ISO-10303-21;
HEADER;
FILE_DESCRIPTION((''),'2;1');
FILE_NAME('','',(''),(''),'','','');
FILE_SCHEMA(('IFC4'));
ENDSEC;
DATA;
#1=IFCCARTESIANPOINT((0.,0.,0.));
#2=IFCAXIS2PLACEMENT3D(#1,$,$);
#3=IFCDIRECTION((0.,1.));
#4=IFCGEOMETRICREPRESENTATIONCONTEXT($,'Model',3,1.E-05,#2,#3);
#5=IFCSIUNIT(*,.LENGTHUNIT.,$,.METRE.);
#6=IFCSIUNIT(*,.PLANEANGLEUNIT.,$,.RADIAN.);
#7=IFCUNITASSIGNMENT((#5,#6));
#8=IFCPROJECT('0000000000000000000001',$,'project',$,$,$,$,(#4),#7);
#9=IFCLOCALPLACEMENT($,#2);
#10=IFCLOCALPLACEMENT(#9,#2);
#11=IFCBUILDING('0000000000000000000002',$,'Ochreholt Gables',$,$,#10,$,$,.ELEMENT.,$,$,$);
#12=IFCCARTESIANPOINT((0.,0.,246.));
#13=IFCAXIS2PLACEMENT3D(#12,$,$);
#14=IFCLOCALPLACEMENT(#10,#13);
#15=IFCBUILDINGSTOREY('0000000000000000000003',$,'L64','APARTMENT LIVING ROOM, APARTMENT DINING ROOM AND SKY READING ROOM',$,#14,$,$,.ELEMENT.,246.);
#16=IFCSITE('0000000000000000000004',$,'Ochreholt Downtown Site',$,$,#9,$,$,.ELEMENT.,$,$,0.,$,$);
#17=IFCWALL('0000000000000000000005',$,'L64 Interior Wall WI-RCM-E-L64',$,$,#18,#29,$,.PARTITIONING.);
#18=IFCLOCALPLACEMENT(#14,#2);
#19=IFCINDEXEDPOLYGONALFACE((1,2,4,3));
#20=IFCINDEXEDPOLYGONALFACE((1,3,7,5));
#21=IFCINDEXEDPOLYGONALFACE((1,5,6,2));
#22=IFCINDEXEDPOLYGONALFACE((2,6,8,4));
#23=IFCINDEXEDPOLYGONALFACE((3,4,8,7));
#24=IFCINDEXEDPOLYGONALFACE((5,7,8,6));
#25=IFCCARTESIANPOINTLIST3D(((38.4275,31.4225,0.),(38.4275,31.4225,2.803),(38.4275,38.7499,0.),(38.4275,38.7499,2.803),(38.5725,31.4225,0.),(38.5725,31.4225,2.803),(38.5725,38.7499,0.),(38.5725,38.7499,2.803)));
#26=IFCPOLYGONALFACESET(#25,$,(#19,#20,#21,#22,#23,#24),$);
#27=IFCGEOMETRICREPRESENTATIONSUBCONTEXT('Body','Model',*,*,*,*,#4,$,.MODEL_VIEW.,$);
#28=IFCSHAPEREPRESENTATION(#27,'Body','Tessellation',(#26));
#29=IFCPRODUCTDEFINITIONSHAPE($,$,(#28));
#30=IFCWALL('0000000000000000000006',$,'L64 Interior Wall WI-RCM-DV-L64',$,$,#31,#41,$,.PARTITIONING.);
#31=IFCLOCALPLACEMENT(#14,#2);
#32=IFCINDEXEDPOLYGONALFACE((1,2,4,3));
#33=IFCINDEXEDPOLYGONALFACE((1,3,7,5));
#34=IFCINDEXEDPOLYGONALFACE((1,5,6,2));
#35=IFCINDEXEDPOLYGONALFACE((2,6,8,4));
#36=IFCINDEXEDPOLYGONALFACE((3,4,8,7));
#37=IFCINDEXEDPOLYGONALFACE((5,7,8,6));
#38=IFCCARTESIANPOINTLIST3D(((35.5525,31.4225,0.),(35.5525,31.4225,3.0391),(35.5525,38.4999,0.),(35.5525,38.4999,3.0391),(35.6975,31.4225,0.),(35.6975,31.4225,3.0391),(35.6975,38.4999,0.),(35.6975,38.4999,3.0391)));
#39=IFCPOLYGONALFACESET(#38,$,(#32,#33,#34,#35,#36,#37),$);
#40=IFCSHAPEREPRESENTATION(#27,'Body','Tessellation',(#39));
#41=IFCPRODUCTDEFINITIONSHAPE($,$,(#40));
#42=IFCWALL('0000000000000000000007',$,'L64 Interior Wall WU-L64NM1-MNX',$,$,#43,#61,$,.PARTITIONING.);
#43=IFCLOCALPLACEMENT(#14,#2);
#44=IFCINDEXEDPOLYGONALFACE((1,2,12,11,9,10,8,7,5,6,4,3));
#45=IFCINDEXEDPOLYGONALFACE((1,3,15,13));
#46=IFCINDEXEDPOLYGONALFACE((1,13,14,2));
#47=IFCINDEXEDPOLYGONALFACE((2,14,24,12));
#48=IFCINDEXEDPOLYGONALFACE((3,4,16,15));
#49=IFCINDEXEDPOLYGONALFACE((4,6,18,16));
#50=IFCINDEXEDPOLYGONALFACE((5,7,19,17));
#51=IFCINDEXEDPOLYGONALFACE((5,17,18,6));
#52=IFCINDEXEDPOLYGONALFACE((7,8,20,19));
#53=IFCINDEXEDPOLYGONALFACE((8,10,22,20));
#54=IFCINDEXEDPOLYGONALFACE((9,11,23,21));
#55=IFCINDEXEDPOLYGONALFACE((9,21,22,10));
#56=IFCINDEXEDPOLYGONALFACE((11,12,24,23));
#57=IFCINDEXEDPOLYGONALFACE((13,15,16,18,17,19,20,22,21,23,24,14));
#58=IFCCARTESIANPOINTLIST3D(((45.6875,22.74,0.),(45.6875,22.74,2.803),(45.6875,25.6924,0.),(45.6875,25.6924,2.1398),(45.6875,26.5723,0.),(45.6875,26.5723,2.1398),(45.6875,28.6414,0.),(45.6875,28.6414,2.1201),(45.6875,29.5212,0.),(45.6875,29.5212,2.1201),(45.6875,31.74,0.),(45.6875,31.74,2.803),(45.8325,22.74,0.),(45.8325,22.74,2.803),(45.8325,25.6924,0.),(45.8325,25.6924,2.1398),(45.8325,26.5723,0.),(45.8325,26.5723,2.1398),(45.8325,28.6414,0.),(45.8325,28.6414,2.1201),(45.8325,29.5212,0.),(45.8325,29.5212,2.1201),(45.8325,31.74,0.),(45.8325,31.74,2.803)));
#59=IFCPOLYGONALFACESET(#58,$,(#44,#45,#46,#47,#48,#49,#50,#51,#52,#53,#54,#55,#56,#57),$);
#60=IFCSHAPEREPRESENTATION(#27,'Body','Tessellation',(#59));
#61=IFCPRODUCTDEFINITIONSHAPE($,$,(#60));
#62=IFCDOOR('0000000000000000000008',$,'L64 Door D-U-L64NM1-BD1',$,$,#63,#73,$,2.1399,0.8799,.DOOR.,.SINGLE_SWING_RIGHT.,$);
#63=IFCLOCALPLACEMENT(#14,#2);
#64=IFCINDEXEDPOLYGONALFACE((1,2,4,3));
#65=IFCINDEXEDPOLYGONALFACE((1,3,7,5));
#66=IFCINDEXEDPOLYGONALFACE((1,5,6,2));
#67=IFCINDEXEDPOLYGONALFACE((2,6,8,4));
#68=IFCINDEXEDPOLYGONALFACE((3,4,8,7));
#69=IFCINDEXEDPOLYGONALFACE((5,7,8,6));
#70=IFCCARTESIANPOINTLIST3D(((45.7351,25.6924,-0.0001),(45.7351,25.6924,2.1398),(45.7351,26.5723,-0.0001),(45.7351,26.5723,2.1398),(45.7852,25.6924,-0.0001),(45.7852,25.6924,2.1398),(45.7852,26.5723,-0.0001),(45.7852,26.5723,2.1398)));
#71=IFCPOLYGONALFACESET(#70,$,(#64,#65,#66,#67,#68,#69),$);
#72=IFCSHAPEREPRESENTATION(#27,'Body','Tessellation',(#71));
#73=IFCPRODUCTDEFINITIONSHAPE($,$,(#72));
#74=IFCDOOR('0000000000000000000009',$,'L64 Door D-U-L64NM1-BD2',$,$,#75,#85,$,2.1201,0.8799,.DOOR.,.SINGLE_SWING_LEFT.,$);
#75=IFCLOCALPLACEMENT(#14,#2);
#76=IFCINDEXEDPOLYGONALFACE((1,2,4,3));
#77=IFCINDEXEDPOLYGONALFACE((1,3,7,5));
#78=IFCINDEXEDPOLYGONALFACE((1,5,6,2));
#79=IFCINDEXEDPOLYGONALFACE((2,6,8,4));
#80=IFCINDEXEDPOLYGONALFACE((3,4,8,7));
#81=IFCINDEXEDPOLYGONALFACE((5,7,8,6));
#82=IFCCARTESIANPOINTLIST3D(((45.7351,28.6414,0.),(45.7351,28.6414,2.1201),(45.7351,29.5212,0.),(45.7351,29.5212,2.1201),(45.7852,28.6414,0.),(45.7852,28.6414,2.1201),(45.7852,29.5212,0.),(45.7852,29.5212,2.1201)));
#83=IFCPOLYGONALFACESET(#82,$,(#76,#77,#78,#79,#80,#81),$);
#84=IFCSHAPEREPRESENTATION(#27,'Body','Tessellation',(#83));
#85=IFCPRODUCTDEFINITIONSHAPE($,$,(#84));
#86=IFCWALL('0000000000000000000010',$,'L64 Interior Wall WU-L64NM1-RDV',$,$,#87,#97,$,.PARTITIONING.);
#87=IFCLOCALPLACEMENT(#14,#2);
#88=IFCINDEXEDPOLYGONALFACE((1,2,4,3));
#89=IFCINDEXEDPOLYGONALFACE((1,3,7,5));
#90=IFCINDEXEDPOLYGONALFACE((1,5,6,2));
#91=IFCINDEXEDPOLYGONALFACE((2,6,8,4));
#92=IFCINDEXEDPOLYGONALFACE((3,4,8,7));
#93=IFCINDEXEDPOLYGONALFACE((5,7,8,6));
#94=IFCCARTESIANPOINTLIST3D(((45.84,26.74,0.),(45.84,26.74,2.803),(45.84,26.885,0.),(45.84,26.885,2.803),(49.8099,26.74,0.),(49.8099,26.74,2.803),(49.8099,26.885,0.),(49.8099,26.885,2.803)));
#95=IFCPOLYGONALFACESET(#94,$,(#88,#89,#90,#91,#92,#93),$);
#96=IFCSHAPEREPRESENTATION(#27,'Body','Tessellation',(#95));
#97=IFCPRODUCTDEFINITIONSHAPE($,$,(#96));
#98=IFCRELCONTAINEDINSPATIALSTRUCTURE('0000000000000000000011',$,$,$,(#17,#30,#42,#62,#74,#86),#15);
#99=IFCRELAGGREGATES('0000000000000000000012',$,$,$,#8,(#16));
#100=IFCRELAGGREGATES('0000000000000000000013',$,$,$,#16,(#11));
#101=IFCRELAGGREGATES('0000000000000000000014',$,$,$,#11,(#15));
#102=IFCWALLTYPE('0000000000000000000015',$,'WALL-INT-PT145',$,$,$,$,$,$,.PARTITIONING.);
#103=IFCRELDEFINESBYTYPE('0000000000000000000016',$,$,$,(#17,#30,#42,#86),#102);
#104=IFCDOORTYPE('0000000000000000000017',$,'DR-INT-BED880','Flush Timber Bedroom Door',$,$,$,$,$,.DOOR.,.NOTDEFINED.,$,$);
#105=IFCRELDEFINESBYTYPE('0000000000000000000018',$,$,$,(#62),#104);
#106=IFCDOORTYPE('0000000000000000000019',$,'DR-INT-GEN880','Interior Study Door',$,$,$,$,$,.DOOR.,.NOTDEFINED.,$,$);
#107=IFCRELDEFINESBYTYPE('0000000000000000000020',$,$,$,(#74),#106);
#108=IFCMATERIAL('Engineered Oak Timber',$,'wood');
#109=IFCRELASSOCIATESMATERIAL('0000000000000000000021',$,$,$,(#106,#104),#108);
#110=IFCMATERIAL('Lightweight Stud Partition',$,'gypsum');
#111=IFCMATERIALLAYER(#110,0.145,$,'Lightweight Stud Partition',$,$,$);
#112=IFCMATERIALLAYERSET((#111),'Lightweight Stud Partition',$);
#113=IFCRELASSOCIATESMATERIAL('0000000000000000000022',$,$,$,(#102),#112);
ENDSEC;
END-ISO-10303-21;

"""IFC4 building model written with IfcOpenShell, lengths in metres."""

from ifc_helpers import new_model, si_unit, direction, frame, frame_2d, origin, place, context, subcontext, project, spatial, rectangle, extrude, material, layer, layer_set, type_object, element, fill, save


model = new_model("IFC4")

# Units and contexts
model_context = context("Model", 3, precision=1e-05, world=origin(), true_north=direction((0.0, 1.0)))
body_context = subcontext(model_context, "Body", "Model", "MODEL_VIEW")
ifc_project = project(units=[si_unit("LENGTHUNIT", "METRE"), si_unit("PLANEANGLEUNIT", "RADIAN")], contexts=[model_context])

# Site, building, storey
site_placement = place(None, origin())
site = spatial("IfcSite", under=ifc_project, at=site_placement, Name="Ochreholt Downtown Site", CompositionType="ELEMENT", RefElevation=0.0)
building_placement = place(site_placement, origin())
building = spatial("IfcBuilding", under=site, at=building_placement, Name="Ochreholt Gables", CompositionType="ELEMENT")
storey_placement = place(building_placement, frame((0.0, 0.0, 246.0)))
storey = spatial("IfcBuildingStorey", under=building, at=storey_placement, Name="L64", Description="APARTMENT LIVING ROOM, APARTMENT DINING ROOM AND SKY READING ROOM", CompositionType="ELEMENT", Elevation=246.0)

# Shared definitions
ifc_material_1 = material(Name="Engineered Oak Timber", Category="wood")

# Shared definitions
door_type_1 = type_object("IfcDoorType", Name="DR-INT-GEN880", Description="Interior Study Door", OperationType="NOTDEFINED", PredefinedType="DOOR", material=ifc_material_1)

# Walls
ifc_material_2 = material(Name="Lightweight Stud Partition", Category="gypsum")
ifc_layer_1 = layer(ifc_material_2, 0.145, Name="Lightweight Stud Partition")
ifc_layer_set_1 = layer_set([ifc_layer_1], Name="Lightweight Stud Partition")
wall_type_1 = type_object("IfcWallType", Name="WALL-INT-PT145", PredefinedType="PARTITIONING", material=ifc_layer_set_1)
wall_1_placement = place(storey_placement, frame((38.5, 31.4226, 0.0), z_axis=(0.0, 0.0, 1.0), x_axis=(0.0, 1.0, 0.0)))
element("IfcWall", 1, at=wall_1_placement, inside=storey, type_object=wall_type_1, Name="L64 Interior Wall WI-RCM-E-L64", PredefinedType="PARTITIONING", context=body_context, shape_type="SweptSolid", body=[
    extrude(rectangle(XDim=7.3274, YDim=0.145, at=frame_2d((3.6636, 0.0))), origin(), (0.0, 0.0, 1.0), 2.803),
])
wall_2_placement = place(storey_placement, frame((35.625, 31.4226, 0.0), z_axis=(0.0, 0.0, 1.0), x_axis=(0.0, 1.0, 0.0)))
element("IfcWall", 2, at=wall_2_placement, inside=storey, type_object=wall_type_1, Name="L64 Interior Wall WI-RCM-DV-L64", PredefinedType="PARTITIONING", context=body_context, shape_type="SweptSolid", body=[
    extrude(rectangle(XDim=7.0774, YDim=0.145, at=frame_2d((3.5386, 0.0))), origin(), (0.0, 0.0, 1.0), 3.0391),
])

# Wall, openings, doors
wall_3_placement = place(storey_placement, frame((45.76, 22.74, 0.0), z_axis=(0.0, 0.0, 1.0), x_axis=(0.0, 1.0, 0.0)))
wall_3 = element("IfcWall", 3, at=wall_3_placement, inside=storey, type_object=wall_type_1, Name="L64 Interior Wall WU-L64NM1-MNX", PredefinedType="PARTITIONING", context=body_context, shape_type="SweptSolid", body=[
    extrude(rectangle(XDim=9.0, YDim=0.145, at=frame_2d((4.5, 0.0))), origin(), (0.0, 0.0, 1.0), 2.803),
])
opening_1_placement = place(wall_3_placement, frame((2.9524, 0.0, 0.0)))
opening_1 = element("IfcOpeningElement", 4, at=opening_1_placement, cuts=wall_3, PredefinedType="OPENING", context=body_context, shape_type="SweptSolid", body=[
    extrude(rectangle(XDim=0.8799, YDim=2.1399, at=frame_2d((0.4399, 1.0698))), frame((0.0, 0.0825, 0.0), z_axis=(0.0, -1.0, 0.0), x_axis=(1.0, 0.0, 0.0)), (0.0, 0.0, 1.0), 0.165),
])
opening_2_placement = place(wall_3_placement, frame((5.9014, 0.0, 0.0)))
opening_2 = element("IfcOpeningElement", 5, at=opening_2_placement, cuts=wall_3, PredefinedType="OPENING", context=body_context, shape_type="SweptSolid", body=[
    extrude(rectangle(XDim=0.8799, YDim=2.1201, at=frame_2d((0.4399, 1.0601))), frame((0.0, 0.0825, 0.0), z_axis=(0.0, -1.0, 0.0), x_axis=(1.0, 0.0, 0.0)), (0.0, 0.0, 1.0), 0.165),
])
door_type_2 = type_object("IfcDoorType", Name="DR-INT-BED880", Description="Flush Timber Bedroom Door", OperationType="NOTDEFINED", PredefinedType="DOOR", material=ifc_material_1)
door_1_placement = place(opening_1_placement, origin())
door_1 = element("IfcDoor", 6, at=door_1_placement, inside=storey, type_object=door_type_2, Name="L64 Door D-U-L64NM1-BD1", OperationType="SINGLE_SWING_RIGHT", OverallHeight=2.1399, OverallWidth=0.8799, PredefinedType="DOOR", context=body_context, shape_type="SweptSolid", body=[
    extrude(rectangle(XDim=0.8799, YDim=2.1399, at=frame_2d((0.4399, 1.0698))), frame((0.0, 0.0249, 0.0), z_axis=(0.0, -1.0, 0.0), x_axis=(1.0, 0.0, 0.0)), (0.0, 0.0, 1.0), 0.05),
])
fill(opening_1, door_1)
door_2_placement = place(opening_2_placement, origin())
door_2 = element("IfcDoor", 7, at=door_2_placement, inside=storey, type_object=door_type_1, Name="L64 Door D-U-L64NM1-BD2", OperationType="SINGLE_SWING_LEFT", OverallHeight=2.1201, OverallWidth=0.8799, PredefinedType="DOOR", context=body_context, shape_type="SweptSolid", body=[
    extrude(rectangle(XDim=0.8799, YDim=2.1201, at=frame_2d((0.4399, 1.0601))), frame((0.0, 0.0249, 0.0), z_axis=(0.0, -1.0, 0.0), x_axis=(1.0, 0.0, 0.0)), (0.0, 0.0, 1.0), 0.05),
])
fill(opening_2, door_2)

# Wall
wall_4_placement = place(storey_placement, frame((45.8401, 26.8125, 0.0), z_axis=(0.0, 0.0, 1.0), x_axis=(1.0, 0.0, 0.0)))
element("IfcWall", 8, at=wall_4_placement, inside=storey, type_object=wall_type_1, Name="L64 Interior Wall WU-L64NM1-RDV", PredefinedType="PARTITIONING", context=body_context, shape_type="SweptSolid", body=[
    extrude(rectangle(XDim=3.97, YDim=0.145, at=frame_2d((1.9849, 0.0))), origin(), (0.0, 0.0, 1.0), 2.803),
])

save(model, "model.ifc")
